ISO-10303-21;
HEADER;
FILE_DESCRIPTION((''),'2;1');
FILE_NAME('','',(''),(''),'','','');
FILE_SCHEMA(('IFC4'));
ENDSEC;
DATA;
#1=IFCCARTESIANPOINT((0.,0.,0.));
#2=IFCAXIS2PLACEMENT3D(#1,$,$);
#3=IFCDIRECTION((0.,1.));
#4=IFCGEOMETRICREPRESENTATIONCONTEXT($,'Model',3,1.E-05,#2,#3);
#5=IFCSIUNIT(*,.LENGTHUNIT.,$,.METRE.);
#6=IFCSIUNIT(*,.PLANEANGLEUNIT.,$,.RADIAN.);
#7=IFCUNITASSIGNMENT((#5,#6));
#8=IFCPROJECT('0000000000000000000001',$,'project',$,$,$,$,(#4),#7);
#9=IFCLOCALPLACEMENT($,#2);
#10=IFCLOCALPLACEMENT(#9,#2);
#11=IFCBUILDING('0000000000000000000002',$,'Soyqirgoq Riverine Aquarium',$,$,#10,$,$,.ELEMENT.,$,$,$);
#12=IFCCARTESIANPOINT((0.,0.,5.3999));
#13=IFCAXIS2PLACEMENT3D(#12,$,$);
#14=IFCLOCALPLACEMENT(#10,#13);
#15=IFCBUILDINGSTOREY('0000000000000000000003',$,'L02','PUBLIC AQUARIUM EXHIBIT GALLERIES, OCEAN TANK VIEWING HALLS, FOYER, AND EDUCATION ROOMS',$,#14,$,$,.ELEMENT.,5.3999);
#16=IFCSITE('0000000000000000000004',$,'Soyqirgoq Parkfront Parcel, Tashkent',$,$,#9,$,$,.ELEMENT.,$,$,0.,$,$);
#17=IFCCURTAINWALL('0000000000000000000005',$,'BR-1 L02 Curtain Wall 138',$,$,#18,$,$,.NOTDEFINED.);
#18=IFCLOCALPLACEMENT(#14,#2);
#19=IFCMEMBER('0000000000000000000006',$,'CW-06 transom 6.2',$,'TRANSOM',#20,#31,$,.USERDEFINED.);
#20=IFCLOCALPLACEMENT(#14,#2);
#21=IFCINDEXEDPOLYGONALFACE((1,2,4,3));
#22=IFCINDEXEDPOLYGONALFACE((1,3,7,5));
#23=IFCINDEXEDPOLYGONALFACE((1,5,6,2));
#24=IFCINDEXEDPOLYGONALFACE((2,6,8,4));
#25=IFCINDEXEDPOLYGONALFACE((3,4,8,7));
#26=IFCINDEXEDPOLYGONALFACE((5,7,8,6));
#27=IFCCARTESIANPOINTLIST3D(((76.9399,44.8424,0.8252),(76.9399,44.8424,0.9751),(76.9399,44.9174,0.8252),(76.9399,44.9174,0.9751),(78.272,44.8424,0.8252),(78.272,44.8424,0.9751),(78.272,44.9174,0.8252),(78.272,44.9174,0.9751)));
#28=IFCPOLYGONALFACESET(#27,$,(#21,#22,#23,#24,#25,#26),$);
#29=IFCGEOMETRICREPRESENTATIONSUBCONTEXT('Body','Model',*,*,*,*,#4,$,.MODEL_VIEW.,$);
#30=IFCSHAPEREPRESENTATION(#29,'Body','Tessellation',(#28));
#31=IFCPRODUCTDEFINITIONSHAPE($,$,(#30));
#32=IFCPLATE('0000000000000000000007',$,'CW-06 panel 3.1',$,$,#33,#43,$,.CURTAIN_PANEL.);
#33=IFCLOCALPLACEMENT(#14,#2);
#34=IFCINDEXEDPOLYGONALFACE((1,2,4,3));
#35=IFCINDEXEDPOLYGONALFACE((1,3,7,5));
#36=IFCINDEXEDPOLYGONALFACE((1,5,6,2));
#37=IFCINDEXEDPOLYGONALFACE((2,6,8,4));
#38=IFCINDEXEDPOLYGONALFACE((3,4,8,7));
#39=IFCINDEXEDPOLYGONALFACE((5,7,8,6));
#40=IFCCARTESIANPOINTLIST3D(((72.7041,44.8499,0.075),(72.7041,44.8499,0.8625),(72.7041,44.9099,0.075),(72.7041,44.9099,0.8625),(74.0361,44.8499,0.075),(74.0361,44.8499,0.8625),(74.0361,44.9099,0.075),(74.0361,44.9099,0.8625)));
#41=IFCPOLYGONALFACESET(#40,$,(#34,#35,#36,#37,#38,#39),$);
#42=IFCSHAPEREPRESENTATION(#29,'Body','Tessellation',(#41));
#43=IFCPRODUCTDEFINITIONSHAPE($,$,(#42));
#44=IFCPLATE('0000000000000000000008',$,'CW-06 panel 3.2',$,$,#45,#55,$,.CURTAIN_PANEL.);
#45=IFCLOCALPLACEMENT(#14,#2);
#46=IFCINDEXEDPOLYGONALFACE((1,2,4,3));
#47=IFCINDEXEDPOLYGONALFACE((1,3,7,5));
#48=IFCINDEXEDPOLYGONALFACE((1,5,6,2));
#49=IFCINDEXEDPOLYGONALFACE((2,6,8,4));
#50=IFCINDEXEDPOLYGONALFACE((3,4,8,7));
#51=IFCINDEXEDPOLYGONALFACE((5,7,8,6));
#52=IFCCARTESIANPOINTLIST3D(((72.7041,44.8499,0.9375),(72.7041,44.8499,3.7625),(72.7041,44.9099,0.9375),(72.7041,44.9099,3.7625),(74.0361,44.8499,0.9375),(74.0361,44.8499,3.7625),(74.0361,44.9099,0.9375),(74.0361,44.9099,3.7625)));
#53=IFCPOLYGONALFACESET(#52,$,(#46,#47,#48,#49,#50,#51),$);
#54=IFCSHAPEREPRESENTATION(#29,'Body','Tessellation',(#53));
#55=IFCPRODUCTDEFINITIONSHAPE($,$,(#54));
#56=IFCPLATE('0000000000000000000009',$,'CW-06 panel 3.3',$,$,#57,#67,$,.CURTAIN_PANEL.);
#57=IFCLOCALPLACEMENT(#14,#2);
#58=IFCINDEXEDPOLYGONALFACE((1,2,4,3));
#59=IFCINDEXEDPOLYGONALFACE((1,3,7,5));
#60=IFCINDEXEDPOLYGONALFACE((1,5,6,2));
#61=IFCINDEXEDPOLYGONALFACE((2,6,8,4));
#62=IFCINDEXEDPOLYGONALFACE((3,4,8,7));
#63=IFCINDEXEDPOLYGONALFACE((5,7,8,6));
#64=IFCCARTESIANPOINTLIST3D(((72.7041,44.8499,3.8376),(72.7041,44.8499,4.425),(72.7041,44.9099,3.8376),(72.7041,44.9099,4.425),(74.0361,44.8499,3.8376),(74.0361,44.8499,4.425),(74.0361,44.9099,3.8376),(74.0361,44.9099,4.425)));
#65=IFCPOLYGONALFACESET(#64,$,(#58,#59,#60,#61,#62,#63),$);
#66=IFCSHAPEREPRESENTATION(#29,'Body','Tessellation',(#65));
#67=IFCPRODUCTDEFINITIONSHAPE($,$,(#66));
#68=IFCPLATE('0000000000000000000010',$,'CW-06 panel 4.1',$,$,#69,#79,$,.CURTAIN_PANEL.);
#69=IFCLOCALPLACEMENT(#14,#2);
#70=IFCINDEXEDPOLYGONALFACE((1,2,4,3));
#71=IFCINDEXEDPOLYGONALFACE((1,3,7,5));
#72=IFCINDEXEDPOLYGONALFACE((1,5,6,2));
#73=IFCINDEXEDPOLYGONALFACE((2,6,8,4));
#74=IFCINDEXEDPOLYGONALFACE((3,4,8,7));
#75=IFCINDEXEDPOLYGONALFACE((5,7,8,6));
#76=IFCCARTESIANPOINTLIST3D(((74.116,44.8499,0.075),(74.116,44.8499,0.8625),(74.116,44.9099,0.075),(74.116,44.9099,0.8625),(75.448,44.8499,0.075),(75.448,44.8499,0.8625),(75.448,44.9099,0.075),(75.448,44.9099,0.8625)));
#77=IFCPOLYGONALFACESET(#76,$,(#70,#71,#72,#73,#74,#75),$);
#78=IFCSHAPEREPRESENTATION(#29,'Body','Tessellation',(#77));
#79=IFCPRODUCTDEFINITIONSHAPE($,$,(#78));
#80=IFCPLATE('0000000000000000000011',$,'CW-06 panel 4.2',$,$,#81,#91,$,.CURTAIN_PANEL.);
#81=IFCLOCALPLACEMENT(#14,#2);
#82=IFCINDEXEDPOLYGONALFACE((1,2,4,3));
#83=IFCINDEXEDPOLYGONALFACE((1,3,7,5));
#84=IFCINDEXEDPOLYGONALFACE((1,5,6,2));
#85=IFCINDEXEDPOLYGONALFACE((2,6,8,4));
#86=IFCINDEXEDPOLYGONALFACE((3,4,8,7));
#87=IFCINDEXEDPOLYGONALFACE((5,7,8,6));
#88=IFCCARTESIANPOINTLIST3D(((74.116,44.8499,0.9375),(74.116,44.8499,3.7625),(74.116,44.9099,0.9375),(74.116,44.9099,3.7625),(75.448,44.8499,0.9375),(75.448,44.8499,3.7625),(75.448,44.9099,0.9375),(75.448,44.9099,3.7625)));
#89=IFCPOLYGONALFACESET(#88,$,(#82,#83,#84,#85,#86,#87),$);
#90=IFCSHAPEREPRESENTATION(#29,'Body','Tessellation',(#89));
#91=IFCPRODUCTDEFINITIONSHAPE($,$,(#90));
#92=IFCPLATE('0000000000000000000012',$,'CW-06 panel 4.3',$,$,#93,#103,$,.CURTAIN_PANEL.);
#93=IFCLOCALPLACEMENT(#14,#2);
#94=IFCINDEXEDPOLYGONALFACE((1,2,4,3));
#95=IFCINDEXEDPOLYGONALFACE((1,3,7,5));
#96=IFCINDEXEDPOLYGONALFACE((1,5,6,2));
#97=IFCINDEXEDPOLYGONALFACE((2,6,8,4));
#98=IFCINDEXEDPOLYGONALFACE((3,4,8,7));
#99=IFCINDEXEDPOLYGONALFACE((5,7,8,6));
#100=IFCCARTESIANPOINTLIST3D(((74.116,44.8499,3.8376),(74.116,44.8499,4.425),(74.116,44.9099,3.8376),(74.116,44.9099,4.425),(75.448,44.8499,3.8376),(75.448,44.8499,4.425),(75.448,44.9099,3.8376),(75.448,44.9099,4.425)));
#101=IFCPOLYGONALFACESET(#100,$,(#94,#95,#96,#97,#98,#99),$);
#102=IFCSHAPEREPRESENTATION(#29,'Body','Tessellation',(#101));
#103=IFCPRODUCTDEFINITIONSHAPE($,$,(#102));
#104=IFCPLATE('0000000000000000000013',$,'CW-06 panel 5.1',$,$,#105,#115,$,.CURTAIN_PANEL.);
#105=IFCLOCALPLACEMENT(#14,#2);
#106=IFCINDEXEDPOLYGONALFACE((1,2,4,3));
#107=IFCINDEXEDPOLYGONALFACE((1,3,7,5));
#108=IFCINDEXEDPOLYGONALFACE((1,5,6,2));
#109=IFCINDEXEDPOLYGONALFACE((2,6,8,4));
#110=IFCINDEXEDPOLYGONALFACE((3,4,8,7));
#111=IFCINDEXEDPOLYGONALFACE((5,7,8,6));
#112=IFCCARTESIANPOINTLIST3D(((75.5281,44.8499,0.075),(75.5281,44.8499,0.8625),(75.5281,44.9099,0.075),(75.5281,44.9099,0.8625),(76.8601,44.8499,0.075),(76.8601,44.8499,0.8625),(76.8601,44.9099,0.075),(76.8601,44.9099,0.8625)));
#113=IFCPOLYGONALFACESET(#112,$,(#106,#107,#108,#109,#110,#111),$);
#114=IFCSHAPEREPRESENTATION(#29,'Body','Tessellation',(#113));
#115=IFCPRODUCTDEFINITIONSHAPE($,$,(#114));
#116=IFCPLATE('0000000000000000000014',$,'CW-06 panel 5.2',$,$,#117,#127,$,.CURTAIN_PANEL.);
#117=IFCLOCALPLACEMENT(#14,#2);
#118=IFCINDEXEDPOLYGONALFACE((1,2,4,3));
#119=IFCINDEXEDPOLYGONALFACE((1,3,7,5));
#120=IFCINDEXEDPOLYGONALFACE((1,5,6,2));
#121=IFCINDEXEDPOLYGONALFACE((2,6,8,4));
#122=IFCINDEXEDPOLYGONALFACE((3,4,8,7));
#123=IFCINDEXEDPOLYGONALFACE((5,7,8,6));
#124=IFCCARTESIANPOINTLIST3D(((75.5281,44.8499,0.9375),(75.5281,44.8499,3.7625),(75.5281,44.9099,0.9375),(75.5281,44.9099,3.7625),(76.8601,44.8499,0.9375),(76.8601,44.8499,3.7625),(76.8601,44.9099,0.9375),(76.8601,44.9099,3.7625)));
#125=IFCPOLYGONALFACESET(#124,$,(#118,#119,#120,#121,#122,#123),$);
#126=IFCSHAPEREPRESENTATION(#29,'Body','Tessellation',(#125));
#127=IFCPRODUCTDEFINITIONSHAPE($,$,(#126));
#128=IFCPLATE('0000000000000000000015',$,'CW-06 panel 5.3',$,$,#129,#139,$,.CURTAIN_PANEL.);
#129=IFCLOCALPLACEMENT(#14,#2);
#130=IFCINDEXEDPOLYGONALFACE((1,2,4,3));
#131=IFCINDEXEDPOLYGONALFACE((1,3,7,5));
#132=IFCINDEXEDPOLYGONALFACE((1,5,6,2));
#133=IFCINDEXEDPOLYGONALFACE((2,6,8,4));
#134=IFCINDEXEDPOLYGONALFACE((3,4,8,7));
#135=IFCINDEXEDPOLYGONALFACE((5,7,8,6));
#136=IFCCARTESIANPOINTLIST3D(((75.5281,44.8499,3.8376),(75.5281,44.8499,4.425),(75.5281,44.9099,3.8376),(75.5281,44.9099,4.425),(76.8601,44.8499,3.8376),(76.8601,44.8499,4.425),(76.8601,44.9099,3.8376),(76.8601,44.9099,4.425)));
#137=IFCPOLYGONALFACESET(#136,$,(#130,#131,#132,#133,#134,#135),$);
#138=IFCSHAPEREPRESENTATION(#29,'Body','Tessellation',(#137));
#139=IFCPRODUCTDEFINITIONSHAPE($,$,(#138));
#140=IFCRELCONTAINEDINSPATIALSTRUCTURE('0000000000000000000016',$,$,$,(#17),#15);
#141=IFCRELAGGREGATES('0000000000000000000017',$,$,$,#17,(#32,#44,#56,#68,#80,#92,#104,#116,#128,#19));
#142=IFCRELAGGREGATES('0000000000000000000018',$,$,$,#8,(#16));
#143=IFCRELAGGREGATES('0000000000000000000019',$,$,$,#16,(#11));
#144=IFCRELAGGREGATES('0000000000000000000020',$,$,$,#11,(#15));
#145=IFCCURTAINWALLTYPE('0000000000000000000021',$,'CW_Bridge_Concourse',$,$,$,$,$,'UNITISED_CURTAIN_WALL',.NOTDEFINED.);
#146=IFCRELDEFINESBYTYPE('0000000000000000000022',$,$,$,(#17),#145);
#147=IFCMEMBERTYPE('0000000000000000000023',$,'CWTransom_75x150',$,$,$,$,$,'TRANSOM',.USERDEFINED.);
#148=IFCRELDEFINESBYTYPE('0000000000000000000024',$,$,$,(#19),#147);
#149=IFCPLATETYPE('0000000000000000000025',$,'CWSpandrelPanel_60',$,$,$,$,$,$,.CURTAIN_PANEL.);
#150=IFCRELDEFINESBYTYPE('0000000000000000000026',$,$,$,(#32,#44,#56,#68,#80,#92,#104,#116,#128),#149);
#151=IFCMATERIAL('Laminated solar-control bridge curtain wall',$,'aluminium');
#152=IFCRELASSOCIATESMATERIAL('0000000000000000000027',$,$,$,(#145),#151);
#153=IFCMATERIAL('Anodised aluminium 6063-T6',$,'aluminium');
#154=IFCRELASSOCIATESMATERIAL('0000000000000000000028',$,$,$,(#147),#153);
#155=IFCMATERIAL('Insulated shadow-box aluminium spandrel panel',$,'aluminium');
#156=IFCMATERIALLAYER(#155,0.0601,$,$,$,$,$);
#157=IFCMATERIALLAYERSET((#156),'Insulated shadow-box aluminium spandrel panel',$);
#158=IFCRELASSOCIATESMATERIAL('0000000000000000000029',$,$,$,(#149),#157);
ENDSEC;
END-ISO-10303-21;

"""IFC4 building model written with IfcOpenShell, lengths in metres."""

from ifc_helpers import new_model, si_unit, direction, frame, origin, origin_2d, place, context, subcontext, project, spatial, rectangle, extrude, material, layer, layer_set, material_profile, profile_set, type_object, element, aggregate, save


model = new_model("IFC4")

# Units and contexts
model_context = context("Model", 3, precision=1e-05, world=origin(), true_north=direction((0.0, 1.0)))
body_context = subcontext(model_context, "Body", "Model", "MODEL_VIEW")
ifc_project = project(units=[si_unit("LENGTHUNIT", "METRE"), si_unit("PLANEANGLEUNIT", "RADIAN")], contexts=[model_context])

# Site, building, storey
site_placement = place(None, origin())
site = spatial("IfcSite", under=ifc_project, at=site_placement, Name="Soyqirgoq Parkfront Parcel, Tashkent", CompositionType="ELEMENT", RefElevation=0.0)
building_placement = place(site_placement, origin())
building = spatial("IfcBuilding", under=site, at=building_placement, Name="Soyqirgoq Riverine Aquarium", CompositionType="ELEMENT")
storey_placement = place(building_placement, frame((0.0, 0.0, 5.3999)))
storey = spatial("IfcBuildingStorey", under=building, at=storey_placement, Name="L02", Description="PUBLIC AQUARIUM EXHIBIT GALLERIES, OCEAN TANK VIEWING HALLS, FOYER, AND EDUCATION ROOMS", CompositionType="ELEMENT", Elevation=5.3999)

# Curtain wall, member, plates
ifc_material_1 = material(Name="Laminated solar-control bridge curtain wall", Category="aluminium")
curtain_wall_type = type_object("IfcCurtainWallType", Name="CW_Bridge_Concourse", ElementType="UNITISED_CURTAIN_WALL", PredefinedType="NOTDEFINED", material=ifc_material_1)
curtain_wall_placement = place(storey_placement, origin())
curtain_wall = element("IfcCurtainWall", 1, at=curtain_wall_placement, inside=storey, type_object=curtain_wall_type, Name="BR-1 L02 Curtain Wall 138", PredefinedType="NOTDEFINED")
ifc_material_2 = material(Name="Anodised aluminium 6063-T6", Category="aluminium")
ifc_material_profile_1 = material_profile(ifc_material_2, rectangle(XDim=0.075, YDim=0.1499, at=origin_2d()), Name="ALU-T 75x150")
ifc_profile_set_1 = profile_set([ifc_material_profile_1], Name="Anodised aluminium 6063-T6")
member_type_1 = type_object("IfcMemberType", Name="CWTransom_75x150", ElementType="TRANSOM", PredefinedType="USERDEFINED", material=ifc_profile_set_1)
member_1_placement = place(storey_placement, frame((76.9399, 44.8799, 0.9001), z_axis=(1.0, 0.0, 0.0), x_axis=(0.0, 1.0, 0.0)))
member_1 = element("IfcMember", 2, at=member_1_placement, type_object=member_type_1, Name="CW-06 transom 6.2", ObjectType="TRANSOM", PredefinedType="USERDEFINED", context=body_context, shape_type="SweptSolid", body=[
    extrude(rectangle(XDim=0.075, YDim=0.1499, at=origin_2d()), origin(), (0.0, 0.0, 1.0), 1.332),
])
ifc_material_3 = material(Name="Insulated shadow-box aluminium spandrel panel", Category="aluminium")
ifc_layer = layer(ifc_material_3, 0.0601)
ifc_layer_set = layer_set([ifc_layer], Name="Insulated shadow-box aluminium spandrel panel")
plate_type = type_object("IfcPlateType", Name="CWSpandrelPanel_60", PredefinedType="CURTAIN_PANEL", material=ifc_layer_set)
plate_1_placement = place(storey_placement, frame((73.3701, 44.8799, 0.075), z_axis=(0.0, 0.0, 1.0), x_axis=(1.0, 0.0, 0.0)))
plate_1 = element("IfcPlate", 3, at=plate_1_placement, type_object=plate_type, Name="CW-06 panel 3.1", PredefinedType="CURTAIN_PANEL", context=body_context, shape_type="SweptSolid", body=[
    extrude(rectangle(XDim=1.332, YDim=0.0601, at=origin_2d()), origin(), (0.0, 0.0, 1.0), 0.7876),
])
plate_2_placement = place(storey_placement, frame((73.3701, 44.8799, 0.9375), z_axis=(0.0, 0.0, 1.0), x_axis=(1.0, 0.0, 0.0)))
plate_2 = element("IfcPlate", 4, at=plate_2_placement, type_object=plate_type, Name="CW-06 panel 3.2", PredefinedType="CURTAIN_PANEL", context=body_context, shape_type="SweptSolid", body=[
    extrude(rectangle(XDim=1.332, YDim=0.0601, at=origin_2d()), origin(), (0.0, 0.0, 1.0), 2.825),
])
plate_3_placement = place(storey_placement, frame((73.3701, 44.8799, 3.8376), z_axis=(0.0, 0.0, 1.0), x_axis=(1.0, 0.0, 0.0)))
plate_3 = element("IfcPlate", 5, at=plate_3_placement, type_object=plate_type, Name="CW-06 panel 3.3", PredefinedType="CURTAIN_PANEL", context=body_context, shape_type="SweptSolid", body=[
    extrude(rectangle(XDim=1.332, YDim=0.0601, at=origin_2d()), origin(), (0.0, 0.0, 1.0), 0.5874),
])
plate_4_placement = place(storey_placement, frame((74.782, 44.8799, 0.075), z_axis=(0.0, 0.0, 1.0), x_axis=(1.0, 0.0, 0.0)))
plate_4 = element("IfcPlate", 6, at=plate_4_placement, type_object=plate_type, Name="CW-06 panel 4.1", PredefinedType="CURTAIN_PANEL", context=body_context, shape_type="SweptSolid", body=[
    extrude(rectangle(XDim=1.332, YDim=0.0601, at=origin_2d()), origin(), (0.0, 0.0, 1.0), 0.7876),
])
plate_5_placement = place(storey_placement, frame((74.782, 44.8799, 0.9375), z_axis=(0.0, 0.0, 1.0), x_axis=(1.0, 0.0, 0.0)))
plate_5 = element("IfcPlate", 7, at=plate_5_placement, type_object=plate_type, Name="CW-06 panel 4.2", PredefinedType="CURTAIN_PANEL", context=body_context, shape_type="SweptSolid", body=[
    extrude(rectangle(XDim=1.332, YDim=0.0601, at=origin_2d()), origin(), (0.0, 0.0, 1.0), 2.825),
])
plate_6_placement = place(storey_placement, frame((74.782, 44.8799, 3.8376), z_axis=(0.0, 0.0, 1.0), x_axis=(1.0, 0.0, 0.0)))
plate_6 = element("IfcPlate", 8, at=plate_6_placement, type_object=plate_type, Name="CW-06 panel 4.3", PredefinedType="CURTAIN_PANEL", context=body_context, shape_type="SweptSolid", body=[
    extrude(rectangle(XDim=1.332, YDim=0.0601, at=origin_2d()), origin(), (0.0, 0.0, 1.0), 0.5874),
])
plate_7_placement = place(storey_placement, frame((76.1941, 44.8799, 0.075), z_axis=(0.0, 0.0, 1.0), x_axis=(1.0, 0.0, 0.0)))
plate_7 = element("IfcPlate", 9, at=plate_7_placement, type_object=plate_type, Name="CW-06 panel 5.1", PredefinedType="CURTAIN_PANEL", context=body_context, shape_type="SweptSolid", body=[
    extrude(rectangle(XDim=1.332, YDim=0.0601, at=origin_2d()), origin(), (0.0, 0.0, 1.0), 0.7876),
])
plate_8_placement = place(storey_placement, frame((76.1941, 44.8799, 0.9375), z_axis=(0.0, 0.0, 1.0), x_axis=(1.0, 0.0, 0.0)))
plate_8 = element("IfcPlate", 10, at=plate_8_placement, type_object=plate_type, Name="CW-06 panel 5.2", PredefinedType="CURTAIN_PANEL", context=body_context, shape_type="SweptSolid", body=[
    extrude(rectangle(XDim=1.332, YDim=0.0601, at=origin_2d()), origin(), (0.0, 0.0, 1.0), 2.825),
])
plate_9_placement = place(storey_placement, frame((76.1941, 44.8799, 3.8376), z_axis=(0.0, 0.0, 1.0), x_axis=(1.0, 0.0, 0.0)))
plate_9 = element("IfcPlate", 11, at=plate_9_placement, type_object=plate_type, Name="CW-06 panel 5.3", PredefinedType="CURTAIN_PANEL", context=body_context, shape_type="SweptSolid", body=[
    extrude(rectangle(XDim=1.332, YDim=0.0601, at=origin_2d()), origin(), (0.0, 0.0, 1.0), 0.5874),
])
aggregate(curtain_wall, [plate_1, plate_2, plate_3, plate_4, plate_5, plate_6, plate_7, plate_8, plate_9, member_1])

save(model, "model.ifc")
